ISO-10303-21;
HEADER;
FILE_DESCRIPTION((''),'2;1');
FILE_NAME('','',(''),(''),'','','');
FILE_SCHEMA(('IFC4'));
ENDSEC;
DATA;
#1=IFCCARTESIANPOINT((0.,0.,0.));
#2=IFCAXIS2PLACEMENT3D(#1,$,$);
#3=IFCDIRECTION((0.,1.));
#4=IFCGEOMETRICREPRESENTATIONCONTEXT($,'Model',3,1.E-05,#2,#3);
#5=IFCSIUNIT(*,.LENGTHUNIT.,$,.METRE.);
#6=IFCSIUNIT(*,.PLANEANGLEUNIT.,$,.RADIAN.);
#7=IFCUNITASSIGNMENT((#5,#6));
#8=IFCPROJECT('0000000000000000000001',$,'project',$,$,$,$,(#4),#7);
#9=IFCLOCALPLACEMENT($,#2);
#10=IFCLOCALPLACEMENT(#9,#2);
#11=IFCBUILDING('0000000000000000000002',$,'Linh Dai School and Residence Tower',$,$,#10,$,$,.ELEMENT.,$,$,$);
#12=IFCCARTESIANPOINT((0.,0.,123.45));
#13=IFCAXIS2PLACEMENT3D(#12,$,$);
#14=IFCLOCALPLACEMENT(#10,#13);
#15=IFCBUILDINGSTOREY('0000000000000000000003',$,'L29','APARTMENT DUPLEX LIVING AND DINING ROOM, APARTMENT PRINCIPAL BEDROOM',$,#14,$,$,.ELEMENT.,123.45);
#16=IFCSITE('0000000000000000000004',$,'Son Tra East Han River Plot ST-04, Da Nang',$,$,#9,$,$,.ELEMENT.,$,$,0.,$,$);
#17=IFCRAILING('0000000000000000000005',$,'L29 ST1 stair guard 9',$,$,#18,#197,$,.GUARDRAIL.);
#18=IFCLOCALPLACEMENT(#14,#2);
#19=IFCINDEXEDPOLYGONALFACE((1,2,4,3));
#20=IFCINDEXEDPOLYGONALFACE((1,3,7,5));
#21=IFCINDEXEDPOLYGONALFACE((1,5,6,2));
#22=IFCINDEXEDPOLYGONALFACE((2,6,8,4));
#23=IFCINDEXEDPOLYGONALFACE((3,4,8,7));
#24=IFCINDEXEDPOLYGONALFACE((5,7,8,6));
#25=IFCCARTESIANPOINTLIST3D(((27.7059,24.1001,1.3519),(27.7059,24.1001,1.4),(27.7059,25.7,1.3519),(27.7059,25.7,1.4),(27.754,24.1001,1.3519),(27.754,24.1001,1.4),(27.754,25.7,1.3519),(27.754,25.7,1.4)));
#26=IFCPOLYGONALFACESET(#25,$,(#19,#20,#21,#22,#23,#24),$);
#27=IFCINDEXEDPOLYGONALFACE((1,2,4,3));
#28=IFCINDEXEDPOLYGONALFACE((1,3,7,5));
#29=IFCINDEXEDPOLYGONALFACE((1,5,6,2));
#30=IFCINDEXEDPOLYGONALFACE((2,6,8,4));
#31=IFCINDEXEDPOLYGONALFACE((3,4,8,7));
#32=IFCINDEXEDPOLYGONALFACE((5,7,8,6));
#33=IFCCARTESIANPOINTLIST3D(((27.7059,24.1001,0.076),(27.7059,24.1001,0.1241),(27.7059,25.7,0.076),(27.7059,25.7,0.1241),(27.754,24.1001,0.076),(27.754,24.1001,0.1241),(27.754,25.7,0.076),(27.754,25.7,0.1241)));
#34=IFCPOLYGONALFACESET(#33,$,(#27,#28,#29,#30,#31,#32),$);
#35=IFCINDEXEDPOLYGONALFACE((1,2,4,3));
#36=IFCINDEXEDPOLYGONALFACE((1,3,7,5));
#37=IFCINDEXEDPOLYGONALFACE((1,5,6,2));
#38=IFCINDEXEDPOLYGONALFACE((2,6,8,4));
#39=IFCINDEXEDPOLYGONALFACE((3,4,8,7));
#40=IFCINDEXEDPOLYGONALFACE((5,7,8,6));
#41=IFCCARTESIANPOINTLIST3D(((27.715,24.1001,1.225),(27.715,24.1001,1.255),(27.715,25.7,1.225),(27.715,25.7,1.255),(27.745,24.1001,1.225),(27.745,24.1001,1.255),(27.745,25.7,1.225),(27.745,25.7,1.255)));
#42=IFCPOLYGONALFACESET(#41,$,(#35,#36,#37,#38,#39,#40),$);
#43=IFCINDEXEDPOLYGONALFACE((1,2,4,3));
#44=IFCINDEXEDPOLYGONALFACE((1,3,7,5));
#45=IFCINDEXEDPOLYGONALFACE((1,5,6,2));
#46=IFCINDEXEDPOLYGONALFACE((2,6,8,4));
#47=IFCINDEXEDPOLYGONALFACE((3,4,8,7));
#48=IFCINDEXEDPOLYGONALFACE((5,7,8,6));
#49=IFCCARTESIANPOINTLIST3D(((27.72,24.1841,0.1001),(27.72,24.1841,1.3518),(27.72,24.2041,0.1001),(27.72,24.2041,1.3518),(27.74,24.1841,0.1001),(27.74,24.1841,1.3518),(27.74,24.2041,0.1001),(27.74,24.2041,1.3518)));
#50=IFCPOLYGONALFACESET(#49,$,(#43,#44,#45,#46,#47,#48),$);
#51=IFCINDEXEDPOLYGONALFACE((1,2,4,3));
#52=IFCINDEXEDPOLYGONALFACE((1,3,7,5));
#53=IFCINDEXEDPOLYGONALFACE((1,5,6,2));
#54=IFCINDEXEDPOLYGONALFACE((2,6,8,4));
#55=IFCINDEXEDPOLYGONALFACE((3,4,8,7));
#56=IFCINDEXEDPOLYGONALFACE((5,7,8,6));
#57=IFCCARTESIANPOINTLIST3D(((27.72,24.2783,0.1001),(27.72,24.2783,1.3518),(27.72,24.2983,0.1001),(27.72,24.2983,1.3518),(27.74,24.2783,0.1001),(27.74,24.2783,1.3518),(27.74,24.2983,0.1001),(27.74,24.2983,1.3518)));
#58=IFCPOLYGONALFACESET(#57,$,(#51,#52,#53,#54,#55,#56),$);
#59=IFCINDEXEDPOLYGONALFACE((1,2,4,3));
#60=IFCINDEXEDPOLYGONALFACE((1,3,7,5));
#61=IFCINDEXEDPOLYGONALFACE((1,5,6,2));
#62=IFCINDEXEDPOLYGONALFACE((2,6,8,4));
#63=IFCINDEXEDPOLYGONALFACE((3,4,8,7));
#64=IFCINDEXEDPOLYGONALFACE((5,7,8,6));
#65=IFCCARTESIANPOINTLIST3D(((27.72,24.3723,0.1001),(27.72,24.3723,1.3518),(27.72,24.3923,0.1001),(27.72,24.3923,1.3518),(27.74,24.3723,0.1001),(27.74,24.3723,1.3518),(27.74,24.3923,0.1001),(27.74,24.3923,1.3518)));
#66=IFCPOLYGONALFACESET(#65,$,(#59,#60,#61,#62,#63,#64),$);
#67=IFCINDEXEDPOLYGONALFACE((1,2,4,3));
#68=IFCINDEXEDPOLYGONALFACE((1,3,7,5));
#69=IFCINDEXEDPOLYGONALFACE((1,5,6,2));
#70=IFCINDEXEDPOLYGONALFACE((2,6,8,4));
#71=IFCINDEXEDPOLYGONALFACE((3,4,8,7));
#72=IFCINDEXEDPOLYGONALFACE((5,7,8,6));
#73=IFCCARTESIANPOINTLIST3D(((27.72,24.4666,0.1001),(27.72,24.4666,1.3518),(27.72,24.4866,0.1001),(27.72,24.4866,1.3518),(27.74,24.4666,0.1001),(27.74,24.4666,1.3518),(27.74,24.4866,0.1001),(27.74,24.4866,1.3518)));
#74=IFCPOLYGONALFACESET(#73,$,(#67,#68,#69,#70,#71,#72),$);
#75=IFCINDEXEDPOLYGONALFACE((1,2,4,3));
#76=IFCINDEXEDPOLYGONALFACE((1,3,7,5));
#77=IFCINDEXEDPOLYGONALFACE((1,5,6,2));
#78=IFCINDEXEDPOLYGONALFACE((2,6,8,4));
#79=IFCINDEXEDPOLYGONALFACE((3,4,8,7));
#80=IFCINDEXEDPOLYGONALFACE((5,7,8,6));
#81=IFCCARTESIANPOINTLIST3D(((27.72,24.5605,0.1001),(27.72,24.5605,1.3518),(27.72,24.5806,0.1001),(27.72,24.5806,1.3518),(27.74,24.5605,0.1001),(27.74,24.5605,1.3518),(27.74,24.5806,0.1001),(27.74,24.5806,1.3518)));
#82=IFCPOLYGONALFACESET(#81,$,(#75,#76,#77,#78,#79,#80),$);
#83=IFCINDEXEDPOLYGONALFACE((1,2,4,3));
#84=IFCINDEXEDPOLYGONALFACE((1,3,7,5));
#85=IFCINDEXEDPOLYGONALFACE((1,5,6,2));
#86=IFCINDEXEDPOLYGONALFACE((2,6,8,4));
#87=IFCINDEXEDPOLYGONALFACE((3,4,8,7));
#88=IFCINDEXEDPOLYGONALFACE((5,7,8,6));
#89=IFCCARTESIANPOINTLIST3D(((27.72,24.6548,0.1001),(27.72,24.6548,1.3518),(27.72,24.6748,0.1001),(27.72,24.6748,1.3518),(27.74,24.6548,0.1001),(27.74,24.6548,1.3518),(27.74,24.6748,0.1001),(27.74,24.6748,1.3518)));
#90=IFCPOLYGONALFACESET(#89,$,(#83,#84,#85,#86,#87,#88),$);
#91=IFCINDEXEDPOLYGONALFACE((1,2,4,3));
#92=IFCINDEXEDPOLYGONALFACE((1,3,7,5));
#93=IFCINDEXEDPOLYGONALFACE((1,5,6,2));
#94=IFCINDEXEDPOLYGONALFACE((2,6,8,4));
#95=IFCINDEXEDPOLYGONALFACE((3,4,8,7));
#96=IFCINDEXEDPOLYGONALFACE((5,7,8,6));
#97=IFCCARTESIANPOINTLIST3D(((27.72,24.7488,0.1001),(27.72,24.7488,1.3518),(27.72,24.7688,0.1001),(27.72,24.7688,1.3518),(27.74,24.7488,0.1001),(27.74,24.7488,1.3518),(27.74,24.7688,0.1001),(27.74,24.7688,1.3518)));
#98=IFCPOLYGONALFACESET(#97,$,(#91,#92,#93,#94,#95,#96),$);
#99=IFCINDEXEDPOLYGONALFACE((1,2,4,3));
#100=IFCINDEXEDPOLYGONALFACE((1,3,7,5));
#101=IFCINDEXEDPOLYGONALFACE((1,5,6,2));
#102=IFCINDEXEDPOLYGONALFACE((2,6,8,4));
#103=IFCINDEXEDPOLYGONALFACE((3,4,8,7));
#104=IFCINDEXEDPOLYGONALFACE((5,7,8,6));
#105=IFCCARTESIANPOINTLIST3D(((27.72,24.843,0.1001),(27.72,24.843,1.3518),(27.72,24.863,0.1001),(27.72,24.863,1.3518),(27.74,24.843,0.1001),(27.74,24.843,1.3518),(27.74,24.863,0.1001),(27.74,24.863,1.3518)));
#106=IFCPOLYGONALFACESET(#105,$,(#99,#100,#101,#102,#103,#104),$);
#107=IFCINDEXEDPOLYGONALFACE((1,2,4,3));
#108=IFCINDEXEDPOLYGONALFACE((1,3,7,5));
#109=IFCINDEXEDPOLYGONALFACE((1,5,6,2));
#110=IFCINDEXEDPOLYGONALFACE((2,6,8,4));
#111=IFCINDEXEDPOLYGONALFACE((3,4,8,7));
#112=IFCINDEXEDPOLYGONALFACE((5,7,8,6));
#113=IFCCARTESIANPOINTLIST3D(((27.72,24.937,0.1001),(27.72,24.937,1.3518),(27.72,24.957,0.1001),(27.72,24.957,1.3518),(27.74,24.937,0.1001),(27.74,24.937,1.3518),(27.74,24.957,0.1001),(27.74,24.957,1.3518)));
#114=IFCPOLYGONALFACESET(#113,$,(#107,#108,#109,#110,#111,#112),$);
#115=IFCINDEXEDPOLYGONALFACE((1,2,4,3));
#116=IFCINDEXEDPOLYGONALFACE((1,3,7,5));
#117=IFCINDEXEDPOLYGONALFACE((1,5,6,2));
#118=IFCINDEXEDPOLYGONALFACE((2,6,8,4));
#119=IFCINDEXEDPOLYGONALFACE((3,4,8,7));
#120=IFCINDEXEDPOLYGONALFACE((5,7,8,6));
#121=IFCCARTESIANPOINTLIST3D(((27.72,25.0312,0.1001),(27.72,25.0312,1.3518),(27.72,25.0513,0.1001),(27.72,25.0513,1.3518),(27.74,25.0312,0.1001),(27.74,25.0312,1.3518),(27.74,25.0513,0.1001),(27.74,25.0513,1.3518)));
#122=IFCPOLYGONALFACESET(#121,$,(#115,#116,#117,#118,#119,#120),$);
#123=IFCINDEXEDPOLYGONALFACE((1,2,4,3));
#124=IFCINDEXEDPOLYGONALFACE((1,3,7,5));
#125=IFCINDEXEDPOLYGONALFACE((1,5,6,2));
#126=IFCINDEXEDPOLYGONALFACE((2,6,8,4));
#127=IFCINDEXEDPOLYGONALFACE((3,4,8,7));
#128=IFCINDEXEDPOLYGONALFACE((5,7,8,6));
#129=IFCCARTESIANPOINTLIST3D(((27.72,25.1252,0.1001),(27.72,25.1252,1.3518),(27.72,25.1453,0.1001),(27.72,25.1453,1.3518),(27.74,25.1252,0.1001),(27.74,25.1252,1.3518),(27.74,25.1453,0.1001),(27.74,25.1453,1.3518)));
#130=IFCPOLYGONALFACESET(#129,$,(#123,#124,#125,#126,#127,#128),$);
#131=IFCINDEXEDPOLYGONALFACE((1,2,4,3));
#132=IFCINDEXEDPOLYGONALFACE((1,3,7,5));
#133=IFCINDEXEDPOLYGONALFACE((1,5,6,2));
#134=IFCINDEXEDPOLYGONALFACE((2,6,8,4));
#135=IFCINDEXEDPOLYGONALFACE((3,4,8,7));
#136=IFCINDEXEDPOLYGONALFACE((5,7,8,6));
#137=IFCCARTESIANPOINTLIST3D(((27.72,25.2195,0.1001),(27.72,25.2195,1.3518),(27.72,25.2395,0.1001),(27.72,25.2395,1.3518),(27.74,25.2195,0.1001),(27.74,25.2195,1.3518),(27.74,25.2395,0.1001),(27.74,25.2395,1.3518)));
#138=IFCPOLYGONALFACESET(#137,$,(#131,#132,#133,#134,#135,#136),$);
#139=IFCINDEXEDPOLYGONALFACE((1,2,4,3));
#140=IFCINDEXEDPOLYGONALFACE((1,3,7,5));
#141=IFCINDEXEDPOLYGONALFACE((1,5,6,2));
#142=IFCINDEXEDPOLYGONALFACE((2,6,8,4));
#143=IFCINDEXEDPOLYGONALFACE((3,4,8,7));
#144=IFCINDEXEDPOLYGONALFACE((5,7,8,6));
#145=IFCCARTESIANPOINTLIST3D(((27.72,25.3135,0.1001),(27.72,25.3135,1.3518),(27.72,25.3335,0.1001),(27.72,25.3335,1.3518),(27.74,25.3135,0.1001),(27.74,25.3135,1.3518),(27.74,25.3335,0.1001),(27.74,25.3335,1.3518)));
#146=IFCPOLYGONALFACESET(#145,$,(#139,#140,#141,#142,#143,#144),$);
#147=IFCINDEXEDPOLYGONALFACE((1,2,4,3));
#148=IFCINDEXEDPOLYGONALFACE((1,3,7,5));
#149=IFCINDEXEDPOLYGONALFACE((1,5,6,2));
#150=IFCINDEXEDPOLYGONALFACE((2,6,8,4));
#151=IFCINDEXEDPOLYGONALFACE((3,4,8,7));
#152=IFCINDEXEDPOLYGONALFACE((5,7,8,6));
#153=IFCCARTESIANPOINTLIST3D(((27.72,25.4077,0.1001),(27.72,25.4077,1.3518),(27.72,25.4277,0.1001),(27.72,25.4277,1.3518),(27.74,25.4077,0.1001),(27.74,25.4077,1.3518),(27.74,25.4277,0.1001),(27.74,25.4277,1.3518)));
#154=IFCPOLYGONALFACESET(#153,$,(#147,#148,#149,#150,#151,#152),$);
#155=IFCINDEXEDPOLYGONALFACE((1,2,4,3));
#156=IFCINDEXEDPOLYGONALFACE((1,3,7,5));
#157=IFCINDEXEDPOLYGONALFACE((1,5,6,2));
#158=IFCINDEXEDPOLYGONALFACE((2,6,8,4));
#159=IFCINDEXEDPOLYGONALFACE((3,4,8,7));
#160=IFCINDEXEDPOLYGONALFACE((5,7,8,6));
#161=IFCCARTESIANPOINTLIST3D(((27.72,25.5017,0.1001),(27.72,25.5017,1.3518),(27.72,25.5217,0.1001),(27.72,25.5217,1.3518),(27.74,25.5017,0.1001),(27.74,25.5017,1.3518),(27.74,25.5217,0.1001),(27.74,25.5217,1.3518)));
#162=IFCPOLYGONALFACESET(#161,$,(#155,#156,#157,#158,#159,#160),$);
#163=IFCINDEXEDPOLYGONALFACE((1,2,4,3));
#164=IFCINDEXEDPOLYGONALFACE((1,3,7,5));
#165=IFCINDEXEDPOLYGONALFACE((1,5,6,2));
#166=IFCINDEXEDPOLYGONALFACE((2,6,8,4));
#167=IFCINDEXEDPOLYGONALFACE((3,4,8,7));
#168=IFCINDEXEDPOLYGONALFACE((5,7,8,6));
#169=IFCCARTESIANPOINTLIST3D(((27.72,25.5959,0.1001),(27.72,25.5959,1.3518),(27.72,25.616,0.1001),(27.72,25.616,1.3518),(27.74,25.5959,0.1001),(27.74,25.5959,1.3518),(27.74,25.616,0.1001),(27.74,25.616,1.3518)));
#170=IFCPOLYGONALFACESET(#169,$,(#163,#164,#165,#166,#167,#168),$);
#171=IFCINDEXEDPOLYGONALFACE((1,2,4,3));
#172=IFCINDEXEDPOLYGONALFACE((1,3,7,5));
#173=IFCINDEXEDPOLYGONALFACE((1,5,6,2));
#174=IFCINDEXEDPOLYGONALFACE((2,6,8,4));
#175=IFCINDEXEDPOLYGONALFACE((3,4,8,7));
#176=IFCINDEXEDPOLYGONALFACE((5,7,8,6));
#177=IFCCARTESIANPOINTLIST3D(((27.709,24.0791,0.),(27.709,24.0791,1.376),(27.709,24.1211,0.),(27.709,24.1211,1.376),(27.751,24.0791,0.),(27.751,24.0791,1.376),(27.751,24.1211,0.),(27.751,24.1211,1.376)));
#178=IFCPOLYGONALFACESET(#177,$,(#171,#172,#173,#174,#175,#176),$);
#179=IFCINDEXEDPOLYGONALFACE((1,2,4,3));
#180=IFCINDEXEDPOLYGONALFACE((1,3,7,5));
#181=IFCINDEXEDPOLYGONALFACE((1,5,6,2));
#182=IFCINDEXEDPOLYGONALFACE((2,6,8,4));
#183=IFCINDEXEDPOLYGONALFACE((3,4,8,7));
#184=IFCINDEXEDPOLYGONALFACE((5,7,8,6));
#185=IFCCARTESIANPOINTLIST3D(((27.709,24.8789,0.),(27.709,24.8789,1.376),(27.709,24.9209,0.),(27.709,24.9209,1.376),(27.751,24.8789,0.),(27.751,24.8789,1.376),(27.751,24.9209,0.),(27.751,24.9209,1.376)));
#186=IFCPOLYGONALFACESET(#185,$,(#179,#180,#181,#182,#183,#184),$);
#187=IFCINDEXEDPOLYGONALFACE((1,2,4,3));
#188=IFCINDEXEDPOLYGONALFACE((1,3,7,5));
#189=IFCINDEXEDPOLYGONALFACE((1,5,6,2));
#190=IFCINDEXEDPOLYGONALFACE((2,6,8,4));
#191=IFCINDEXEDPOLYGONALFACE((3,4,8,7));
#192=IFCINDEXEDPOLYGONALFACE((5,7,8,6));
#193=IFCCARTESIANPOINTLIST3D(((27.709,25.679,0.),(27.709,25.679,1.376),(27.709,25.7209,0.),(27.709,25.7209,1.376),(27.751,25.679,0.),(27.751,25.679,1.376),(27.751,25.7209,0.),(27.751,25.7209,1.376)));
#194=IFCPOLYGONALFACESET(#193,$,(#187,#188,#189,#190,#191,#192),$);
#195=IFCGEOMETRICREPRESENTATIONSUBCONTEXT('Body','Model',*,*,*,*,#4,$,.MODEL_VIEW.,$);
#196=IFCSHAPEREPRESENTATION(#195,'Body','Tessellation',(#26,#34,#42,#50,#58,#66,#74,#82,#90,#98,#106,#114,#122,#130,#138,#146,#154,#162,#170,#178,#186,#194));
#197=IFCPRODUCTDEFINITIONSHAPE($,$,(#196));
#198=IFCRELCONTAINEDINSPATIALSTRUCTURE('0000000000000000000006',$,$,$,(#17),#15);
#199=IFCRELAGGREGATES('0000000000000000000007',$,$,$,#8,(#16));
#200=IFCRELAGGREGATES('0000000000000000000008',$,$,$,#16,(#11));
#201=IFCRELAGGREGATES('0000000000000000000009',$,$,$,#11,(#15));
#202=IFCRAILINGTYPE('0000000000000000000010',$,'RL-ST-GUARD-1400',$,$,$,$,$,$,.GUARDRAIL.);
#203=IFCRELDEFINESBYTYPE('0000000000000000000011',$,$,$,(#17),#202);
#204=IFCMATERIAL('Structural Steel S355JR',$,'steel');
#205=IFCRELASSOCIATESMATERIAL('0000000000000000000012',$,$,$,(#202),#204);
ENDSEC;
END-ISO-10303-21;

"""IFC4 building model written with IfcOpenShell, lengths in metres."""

from ifc_helpers import new_model, si_unit, direction, frame, origin, origin_2d, place, context, subcontext, project, spatial, rectangle, extrude, source, transform, mapped, material, type_object, element, save


model = new_model("IFC4")

# Units and contexts
model_context = context("Model", 3, precision=1e-05, world=origin(), true_north=direction((0.0, 1.0)))
body_context = subcontext(model_context, "Body", "Model", "MODEL_VIEW")
ifc_project = project(units=[si_unit("LENGTHUNIT", "METRE"), si_unit("PLANEANGLEUNIT", "RADIAN")], contexts=[model_context])

# Site, building, storey
site_placement = place(None, origin())
site = spatial("IfcSite", under=ifc_project, at=site_placement, Name="Son Tra East Han River Plot ST-04, Da Nang", CompositionType="ELEMENT", RefElevation=0.0)
building_placement = place(site_placement, origin())
building = spatial("IfcBuilding", under=site, at=building_placement, Name="Linh Dai School and Residence Tower", CompositionType="ELEMENT")
storey_placement = place(building_placement, frame((0.0, 0.0, 123.45)))
storey = spatial("IfcBuildingStorey", under=building, at=storey_placement, Name="L29", Description="APARTMENT DUPLEX LIVING AND DINING ROOM, APARTMENT PRINCIPAL BEDROOM", CompositionType="ELEMENT", Elevation=123.45)

# Shared definitions
ifc_material_1 = material(Name="Structural Steel S355JR", Category="steel")

# Railing
railing_type = type_object("IfcRailingType", Name="RL-ST-GUARD-1400", PredefinedType="GUARDRAIL", material=ifc_material_1)
shared_shape_1 = source(origin(), body_context, "Body", "SweptSolid", [
    extrude(rectangle(XDim=0.0481, YDim=0.0481, at=origin_2d()), frame((0.0, 0.0, 1.376), z_axis=(0.0, 1.0, 0.0), x_axis=(-1.0, 0.0, 0.0)), (0.0, 0.0, 1.0), 1.5999),
    extrude(rectangle(XDim=0.0481, YDim=0.0481, at=origin_2d()), frame((0.0, 0.0, 0.1001), z_axis=(0.0, 1.0, 0.0), x_axis=(-1.0, 0.0, 0.0)), (0.0, 0.0, 1.0), 1.5999),
    extrude(rectangle(XDim=0.03, YDim=0.03, at=origin_2d()), frame((0.0, 0.0, 1.24), z_axis=(0.0, 1.0, 0.0), x_axis=(-1.0, 0.0, 0.0)), (0.0, 0.0, 1.0), 1.5999),
    extrude(rectangle(XDim=0.02, YDim=0.02, at=origin_2d()), frame((0.0, 0.094, 0.1001)), (0.0, 0.0, 1.0), 1.2517),
    extrude(rectangle(XDim=0.02, YDim=0.02, at=origin_2d()), frame((0.0, 0.1882, 0.1001)), (0.0, 0.0, 1.0), 1.2517),
    extrude(rectangle(XDim=0.02, YDim=0.02, at=origin_2d()), frame((0.0, 0.2822, 0.1001)), (0.0, 0.0, 1.0), 1.2517),
    extrude(rectangle(XDim=0.02, YDim=0.02, at=origin_2d()), frame((0.0, 0.3765, 0.1001)), (0.0, 0.0, 1.0), 1.2517),
    extrude(rectangle(XDim=0.02, YDim=0.02, at=origin_2d()), frame((0.0, 0.4705, 0.1001)), (0.0, 0.0, 1.0), 1.2517),
    extrude(rectangle(XDim=0.02, YDim=0.02, at=origin_2d()), frame((0.0, 0.5647, 0.1001)), (0.0, 0.0, 1.0), 1.2517),
    extrude(rectangle(XDim=0.02, YDim=0.02, at=origin_2d()), frame((0.0, 0.6587, 0.1001)), (0.0, 0.0, 1.0), 1.2517),
    extrude(rectangle(XDim=0.02, YDim=0.02, at=origin_2d()), frame((0.0, 0.7529, 0.1001)), (0.0, 0.0, 1.0), 1.2517),
    extrude(rectangle(XDim=0.02, YDim=0.02, at=origin_2d()), frame((0.0, 0.8469, 0.1001)), (0.0, 0.0, 1.0), 1.2517),
    extrude(rectangle(XDim=0.02, YDim=0.02, at=origin_2d()), frame((0.0, 0.9412, 0.1001)), (0.0, 0.0, 1.0), 1.2517),
    extrude(rectangle(XDim=0.02, YDim=0.02, at=origin_2d()), frame((0.0, 1.0352, 0.1001)), (0.0, 0.0, 1.0), 1.2517),
    extrude(rectangle(XDim=0.02, YDim=0.02, at=origin_2d()), frame((0.0, 1.1294, 0.1001)), (0.0, 0.0, 1.0), 1.2517),
    extrude(rectangle(XDim=0.02, YDim=0.02, at=origin_2d()), frame((0.0, 1.2234, 0.1001)), (0.0, 0.0, 1.0), 1.2517),
    extrude(rectangle(XDim=0.02, YDim=0.02, at=origin_2d()), frame((0.0, 1.3176, 0.1001)), (0.0, 0.0, 1.0), 1.2517),
    extrude(rectangle(XDim=0.02, YDim=0.02, at=origin_2d()), frame((0.0, 1.4116, 0.1001)), (0.0, 0.0, 1.0), 1.2517),
    extrude(rectangle(XDim=0.02, YDim=0.02, at=origin_2d()), frame((0.0, 1.5059, 0.1001)), (0.0, 0.0, 1.0), 1.2517),
    extrude(rectangle(XDim=0.042, YDim=0.042, at=origin_2d()), origin(), (0.0, 0.0, 1.0), 1.376),
    extrude(rectangle(XDim=0.042, YDim=0.042, at=origin_2d()), frame((0.0, 0.7998, 0.0)), (0.0, 0.0, 1.0), 1.376),
    extrude(rectangle(XDim=0.042, YDim=0.042, at=origin_2d()), frame((0.0, 1.5999, 0.0)), (0.0, 0.0, 1.0), 1.376),
])
for number, where, name in (
    (1, (27.73, 24.1001, 0.0), "L29 ST1 stair guard 9"),
):
    element("IfcRailing", number, at=place(storey_placement, frame(where)), inside=storey, type_object=railing_type, Name=name, PredefinedType="GUARDRAIL", context=body_context, shape_type="MappedRepresentation", body=[
        mapped(shared_shape_1, transform((0.0, 0.0, 0.0), x_axis=(1.0, 0.0, 0.0), y_axis=(0.0, 1.0, 0.0), z_axis=(0.0, 0.0, 1.0), scale=1.0)),
    ])

save(model, "model.ifc")
